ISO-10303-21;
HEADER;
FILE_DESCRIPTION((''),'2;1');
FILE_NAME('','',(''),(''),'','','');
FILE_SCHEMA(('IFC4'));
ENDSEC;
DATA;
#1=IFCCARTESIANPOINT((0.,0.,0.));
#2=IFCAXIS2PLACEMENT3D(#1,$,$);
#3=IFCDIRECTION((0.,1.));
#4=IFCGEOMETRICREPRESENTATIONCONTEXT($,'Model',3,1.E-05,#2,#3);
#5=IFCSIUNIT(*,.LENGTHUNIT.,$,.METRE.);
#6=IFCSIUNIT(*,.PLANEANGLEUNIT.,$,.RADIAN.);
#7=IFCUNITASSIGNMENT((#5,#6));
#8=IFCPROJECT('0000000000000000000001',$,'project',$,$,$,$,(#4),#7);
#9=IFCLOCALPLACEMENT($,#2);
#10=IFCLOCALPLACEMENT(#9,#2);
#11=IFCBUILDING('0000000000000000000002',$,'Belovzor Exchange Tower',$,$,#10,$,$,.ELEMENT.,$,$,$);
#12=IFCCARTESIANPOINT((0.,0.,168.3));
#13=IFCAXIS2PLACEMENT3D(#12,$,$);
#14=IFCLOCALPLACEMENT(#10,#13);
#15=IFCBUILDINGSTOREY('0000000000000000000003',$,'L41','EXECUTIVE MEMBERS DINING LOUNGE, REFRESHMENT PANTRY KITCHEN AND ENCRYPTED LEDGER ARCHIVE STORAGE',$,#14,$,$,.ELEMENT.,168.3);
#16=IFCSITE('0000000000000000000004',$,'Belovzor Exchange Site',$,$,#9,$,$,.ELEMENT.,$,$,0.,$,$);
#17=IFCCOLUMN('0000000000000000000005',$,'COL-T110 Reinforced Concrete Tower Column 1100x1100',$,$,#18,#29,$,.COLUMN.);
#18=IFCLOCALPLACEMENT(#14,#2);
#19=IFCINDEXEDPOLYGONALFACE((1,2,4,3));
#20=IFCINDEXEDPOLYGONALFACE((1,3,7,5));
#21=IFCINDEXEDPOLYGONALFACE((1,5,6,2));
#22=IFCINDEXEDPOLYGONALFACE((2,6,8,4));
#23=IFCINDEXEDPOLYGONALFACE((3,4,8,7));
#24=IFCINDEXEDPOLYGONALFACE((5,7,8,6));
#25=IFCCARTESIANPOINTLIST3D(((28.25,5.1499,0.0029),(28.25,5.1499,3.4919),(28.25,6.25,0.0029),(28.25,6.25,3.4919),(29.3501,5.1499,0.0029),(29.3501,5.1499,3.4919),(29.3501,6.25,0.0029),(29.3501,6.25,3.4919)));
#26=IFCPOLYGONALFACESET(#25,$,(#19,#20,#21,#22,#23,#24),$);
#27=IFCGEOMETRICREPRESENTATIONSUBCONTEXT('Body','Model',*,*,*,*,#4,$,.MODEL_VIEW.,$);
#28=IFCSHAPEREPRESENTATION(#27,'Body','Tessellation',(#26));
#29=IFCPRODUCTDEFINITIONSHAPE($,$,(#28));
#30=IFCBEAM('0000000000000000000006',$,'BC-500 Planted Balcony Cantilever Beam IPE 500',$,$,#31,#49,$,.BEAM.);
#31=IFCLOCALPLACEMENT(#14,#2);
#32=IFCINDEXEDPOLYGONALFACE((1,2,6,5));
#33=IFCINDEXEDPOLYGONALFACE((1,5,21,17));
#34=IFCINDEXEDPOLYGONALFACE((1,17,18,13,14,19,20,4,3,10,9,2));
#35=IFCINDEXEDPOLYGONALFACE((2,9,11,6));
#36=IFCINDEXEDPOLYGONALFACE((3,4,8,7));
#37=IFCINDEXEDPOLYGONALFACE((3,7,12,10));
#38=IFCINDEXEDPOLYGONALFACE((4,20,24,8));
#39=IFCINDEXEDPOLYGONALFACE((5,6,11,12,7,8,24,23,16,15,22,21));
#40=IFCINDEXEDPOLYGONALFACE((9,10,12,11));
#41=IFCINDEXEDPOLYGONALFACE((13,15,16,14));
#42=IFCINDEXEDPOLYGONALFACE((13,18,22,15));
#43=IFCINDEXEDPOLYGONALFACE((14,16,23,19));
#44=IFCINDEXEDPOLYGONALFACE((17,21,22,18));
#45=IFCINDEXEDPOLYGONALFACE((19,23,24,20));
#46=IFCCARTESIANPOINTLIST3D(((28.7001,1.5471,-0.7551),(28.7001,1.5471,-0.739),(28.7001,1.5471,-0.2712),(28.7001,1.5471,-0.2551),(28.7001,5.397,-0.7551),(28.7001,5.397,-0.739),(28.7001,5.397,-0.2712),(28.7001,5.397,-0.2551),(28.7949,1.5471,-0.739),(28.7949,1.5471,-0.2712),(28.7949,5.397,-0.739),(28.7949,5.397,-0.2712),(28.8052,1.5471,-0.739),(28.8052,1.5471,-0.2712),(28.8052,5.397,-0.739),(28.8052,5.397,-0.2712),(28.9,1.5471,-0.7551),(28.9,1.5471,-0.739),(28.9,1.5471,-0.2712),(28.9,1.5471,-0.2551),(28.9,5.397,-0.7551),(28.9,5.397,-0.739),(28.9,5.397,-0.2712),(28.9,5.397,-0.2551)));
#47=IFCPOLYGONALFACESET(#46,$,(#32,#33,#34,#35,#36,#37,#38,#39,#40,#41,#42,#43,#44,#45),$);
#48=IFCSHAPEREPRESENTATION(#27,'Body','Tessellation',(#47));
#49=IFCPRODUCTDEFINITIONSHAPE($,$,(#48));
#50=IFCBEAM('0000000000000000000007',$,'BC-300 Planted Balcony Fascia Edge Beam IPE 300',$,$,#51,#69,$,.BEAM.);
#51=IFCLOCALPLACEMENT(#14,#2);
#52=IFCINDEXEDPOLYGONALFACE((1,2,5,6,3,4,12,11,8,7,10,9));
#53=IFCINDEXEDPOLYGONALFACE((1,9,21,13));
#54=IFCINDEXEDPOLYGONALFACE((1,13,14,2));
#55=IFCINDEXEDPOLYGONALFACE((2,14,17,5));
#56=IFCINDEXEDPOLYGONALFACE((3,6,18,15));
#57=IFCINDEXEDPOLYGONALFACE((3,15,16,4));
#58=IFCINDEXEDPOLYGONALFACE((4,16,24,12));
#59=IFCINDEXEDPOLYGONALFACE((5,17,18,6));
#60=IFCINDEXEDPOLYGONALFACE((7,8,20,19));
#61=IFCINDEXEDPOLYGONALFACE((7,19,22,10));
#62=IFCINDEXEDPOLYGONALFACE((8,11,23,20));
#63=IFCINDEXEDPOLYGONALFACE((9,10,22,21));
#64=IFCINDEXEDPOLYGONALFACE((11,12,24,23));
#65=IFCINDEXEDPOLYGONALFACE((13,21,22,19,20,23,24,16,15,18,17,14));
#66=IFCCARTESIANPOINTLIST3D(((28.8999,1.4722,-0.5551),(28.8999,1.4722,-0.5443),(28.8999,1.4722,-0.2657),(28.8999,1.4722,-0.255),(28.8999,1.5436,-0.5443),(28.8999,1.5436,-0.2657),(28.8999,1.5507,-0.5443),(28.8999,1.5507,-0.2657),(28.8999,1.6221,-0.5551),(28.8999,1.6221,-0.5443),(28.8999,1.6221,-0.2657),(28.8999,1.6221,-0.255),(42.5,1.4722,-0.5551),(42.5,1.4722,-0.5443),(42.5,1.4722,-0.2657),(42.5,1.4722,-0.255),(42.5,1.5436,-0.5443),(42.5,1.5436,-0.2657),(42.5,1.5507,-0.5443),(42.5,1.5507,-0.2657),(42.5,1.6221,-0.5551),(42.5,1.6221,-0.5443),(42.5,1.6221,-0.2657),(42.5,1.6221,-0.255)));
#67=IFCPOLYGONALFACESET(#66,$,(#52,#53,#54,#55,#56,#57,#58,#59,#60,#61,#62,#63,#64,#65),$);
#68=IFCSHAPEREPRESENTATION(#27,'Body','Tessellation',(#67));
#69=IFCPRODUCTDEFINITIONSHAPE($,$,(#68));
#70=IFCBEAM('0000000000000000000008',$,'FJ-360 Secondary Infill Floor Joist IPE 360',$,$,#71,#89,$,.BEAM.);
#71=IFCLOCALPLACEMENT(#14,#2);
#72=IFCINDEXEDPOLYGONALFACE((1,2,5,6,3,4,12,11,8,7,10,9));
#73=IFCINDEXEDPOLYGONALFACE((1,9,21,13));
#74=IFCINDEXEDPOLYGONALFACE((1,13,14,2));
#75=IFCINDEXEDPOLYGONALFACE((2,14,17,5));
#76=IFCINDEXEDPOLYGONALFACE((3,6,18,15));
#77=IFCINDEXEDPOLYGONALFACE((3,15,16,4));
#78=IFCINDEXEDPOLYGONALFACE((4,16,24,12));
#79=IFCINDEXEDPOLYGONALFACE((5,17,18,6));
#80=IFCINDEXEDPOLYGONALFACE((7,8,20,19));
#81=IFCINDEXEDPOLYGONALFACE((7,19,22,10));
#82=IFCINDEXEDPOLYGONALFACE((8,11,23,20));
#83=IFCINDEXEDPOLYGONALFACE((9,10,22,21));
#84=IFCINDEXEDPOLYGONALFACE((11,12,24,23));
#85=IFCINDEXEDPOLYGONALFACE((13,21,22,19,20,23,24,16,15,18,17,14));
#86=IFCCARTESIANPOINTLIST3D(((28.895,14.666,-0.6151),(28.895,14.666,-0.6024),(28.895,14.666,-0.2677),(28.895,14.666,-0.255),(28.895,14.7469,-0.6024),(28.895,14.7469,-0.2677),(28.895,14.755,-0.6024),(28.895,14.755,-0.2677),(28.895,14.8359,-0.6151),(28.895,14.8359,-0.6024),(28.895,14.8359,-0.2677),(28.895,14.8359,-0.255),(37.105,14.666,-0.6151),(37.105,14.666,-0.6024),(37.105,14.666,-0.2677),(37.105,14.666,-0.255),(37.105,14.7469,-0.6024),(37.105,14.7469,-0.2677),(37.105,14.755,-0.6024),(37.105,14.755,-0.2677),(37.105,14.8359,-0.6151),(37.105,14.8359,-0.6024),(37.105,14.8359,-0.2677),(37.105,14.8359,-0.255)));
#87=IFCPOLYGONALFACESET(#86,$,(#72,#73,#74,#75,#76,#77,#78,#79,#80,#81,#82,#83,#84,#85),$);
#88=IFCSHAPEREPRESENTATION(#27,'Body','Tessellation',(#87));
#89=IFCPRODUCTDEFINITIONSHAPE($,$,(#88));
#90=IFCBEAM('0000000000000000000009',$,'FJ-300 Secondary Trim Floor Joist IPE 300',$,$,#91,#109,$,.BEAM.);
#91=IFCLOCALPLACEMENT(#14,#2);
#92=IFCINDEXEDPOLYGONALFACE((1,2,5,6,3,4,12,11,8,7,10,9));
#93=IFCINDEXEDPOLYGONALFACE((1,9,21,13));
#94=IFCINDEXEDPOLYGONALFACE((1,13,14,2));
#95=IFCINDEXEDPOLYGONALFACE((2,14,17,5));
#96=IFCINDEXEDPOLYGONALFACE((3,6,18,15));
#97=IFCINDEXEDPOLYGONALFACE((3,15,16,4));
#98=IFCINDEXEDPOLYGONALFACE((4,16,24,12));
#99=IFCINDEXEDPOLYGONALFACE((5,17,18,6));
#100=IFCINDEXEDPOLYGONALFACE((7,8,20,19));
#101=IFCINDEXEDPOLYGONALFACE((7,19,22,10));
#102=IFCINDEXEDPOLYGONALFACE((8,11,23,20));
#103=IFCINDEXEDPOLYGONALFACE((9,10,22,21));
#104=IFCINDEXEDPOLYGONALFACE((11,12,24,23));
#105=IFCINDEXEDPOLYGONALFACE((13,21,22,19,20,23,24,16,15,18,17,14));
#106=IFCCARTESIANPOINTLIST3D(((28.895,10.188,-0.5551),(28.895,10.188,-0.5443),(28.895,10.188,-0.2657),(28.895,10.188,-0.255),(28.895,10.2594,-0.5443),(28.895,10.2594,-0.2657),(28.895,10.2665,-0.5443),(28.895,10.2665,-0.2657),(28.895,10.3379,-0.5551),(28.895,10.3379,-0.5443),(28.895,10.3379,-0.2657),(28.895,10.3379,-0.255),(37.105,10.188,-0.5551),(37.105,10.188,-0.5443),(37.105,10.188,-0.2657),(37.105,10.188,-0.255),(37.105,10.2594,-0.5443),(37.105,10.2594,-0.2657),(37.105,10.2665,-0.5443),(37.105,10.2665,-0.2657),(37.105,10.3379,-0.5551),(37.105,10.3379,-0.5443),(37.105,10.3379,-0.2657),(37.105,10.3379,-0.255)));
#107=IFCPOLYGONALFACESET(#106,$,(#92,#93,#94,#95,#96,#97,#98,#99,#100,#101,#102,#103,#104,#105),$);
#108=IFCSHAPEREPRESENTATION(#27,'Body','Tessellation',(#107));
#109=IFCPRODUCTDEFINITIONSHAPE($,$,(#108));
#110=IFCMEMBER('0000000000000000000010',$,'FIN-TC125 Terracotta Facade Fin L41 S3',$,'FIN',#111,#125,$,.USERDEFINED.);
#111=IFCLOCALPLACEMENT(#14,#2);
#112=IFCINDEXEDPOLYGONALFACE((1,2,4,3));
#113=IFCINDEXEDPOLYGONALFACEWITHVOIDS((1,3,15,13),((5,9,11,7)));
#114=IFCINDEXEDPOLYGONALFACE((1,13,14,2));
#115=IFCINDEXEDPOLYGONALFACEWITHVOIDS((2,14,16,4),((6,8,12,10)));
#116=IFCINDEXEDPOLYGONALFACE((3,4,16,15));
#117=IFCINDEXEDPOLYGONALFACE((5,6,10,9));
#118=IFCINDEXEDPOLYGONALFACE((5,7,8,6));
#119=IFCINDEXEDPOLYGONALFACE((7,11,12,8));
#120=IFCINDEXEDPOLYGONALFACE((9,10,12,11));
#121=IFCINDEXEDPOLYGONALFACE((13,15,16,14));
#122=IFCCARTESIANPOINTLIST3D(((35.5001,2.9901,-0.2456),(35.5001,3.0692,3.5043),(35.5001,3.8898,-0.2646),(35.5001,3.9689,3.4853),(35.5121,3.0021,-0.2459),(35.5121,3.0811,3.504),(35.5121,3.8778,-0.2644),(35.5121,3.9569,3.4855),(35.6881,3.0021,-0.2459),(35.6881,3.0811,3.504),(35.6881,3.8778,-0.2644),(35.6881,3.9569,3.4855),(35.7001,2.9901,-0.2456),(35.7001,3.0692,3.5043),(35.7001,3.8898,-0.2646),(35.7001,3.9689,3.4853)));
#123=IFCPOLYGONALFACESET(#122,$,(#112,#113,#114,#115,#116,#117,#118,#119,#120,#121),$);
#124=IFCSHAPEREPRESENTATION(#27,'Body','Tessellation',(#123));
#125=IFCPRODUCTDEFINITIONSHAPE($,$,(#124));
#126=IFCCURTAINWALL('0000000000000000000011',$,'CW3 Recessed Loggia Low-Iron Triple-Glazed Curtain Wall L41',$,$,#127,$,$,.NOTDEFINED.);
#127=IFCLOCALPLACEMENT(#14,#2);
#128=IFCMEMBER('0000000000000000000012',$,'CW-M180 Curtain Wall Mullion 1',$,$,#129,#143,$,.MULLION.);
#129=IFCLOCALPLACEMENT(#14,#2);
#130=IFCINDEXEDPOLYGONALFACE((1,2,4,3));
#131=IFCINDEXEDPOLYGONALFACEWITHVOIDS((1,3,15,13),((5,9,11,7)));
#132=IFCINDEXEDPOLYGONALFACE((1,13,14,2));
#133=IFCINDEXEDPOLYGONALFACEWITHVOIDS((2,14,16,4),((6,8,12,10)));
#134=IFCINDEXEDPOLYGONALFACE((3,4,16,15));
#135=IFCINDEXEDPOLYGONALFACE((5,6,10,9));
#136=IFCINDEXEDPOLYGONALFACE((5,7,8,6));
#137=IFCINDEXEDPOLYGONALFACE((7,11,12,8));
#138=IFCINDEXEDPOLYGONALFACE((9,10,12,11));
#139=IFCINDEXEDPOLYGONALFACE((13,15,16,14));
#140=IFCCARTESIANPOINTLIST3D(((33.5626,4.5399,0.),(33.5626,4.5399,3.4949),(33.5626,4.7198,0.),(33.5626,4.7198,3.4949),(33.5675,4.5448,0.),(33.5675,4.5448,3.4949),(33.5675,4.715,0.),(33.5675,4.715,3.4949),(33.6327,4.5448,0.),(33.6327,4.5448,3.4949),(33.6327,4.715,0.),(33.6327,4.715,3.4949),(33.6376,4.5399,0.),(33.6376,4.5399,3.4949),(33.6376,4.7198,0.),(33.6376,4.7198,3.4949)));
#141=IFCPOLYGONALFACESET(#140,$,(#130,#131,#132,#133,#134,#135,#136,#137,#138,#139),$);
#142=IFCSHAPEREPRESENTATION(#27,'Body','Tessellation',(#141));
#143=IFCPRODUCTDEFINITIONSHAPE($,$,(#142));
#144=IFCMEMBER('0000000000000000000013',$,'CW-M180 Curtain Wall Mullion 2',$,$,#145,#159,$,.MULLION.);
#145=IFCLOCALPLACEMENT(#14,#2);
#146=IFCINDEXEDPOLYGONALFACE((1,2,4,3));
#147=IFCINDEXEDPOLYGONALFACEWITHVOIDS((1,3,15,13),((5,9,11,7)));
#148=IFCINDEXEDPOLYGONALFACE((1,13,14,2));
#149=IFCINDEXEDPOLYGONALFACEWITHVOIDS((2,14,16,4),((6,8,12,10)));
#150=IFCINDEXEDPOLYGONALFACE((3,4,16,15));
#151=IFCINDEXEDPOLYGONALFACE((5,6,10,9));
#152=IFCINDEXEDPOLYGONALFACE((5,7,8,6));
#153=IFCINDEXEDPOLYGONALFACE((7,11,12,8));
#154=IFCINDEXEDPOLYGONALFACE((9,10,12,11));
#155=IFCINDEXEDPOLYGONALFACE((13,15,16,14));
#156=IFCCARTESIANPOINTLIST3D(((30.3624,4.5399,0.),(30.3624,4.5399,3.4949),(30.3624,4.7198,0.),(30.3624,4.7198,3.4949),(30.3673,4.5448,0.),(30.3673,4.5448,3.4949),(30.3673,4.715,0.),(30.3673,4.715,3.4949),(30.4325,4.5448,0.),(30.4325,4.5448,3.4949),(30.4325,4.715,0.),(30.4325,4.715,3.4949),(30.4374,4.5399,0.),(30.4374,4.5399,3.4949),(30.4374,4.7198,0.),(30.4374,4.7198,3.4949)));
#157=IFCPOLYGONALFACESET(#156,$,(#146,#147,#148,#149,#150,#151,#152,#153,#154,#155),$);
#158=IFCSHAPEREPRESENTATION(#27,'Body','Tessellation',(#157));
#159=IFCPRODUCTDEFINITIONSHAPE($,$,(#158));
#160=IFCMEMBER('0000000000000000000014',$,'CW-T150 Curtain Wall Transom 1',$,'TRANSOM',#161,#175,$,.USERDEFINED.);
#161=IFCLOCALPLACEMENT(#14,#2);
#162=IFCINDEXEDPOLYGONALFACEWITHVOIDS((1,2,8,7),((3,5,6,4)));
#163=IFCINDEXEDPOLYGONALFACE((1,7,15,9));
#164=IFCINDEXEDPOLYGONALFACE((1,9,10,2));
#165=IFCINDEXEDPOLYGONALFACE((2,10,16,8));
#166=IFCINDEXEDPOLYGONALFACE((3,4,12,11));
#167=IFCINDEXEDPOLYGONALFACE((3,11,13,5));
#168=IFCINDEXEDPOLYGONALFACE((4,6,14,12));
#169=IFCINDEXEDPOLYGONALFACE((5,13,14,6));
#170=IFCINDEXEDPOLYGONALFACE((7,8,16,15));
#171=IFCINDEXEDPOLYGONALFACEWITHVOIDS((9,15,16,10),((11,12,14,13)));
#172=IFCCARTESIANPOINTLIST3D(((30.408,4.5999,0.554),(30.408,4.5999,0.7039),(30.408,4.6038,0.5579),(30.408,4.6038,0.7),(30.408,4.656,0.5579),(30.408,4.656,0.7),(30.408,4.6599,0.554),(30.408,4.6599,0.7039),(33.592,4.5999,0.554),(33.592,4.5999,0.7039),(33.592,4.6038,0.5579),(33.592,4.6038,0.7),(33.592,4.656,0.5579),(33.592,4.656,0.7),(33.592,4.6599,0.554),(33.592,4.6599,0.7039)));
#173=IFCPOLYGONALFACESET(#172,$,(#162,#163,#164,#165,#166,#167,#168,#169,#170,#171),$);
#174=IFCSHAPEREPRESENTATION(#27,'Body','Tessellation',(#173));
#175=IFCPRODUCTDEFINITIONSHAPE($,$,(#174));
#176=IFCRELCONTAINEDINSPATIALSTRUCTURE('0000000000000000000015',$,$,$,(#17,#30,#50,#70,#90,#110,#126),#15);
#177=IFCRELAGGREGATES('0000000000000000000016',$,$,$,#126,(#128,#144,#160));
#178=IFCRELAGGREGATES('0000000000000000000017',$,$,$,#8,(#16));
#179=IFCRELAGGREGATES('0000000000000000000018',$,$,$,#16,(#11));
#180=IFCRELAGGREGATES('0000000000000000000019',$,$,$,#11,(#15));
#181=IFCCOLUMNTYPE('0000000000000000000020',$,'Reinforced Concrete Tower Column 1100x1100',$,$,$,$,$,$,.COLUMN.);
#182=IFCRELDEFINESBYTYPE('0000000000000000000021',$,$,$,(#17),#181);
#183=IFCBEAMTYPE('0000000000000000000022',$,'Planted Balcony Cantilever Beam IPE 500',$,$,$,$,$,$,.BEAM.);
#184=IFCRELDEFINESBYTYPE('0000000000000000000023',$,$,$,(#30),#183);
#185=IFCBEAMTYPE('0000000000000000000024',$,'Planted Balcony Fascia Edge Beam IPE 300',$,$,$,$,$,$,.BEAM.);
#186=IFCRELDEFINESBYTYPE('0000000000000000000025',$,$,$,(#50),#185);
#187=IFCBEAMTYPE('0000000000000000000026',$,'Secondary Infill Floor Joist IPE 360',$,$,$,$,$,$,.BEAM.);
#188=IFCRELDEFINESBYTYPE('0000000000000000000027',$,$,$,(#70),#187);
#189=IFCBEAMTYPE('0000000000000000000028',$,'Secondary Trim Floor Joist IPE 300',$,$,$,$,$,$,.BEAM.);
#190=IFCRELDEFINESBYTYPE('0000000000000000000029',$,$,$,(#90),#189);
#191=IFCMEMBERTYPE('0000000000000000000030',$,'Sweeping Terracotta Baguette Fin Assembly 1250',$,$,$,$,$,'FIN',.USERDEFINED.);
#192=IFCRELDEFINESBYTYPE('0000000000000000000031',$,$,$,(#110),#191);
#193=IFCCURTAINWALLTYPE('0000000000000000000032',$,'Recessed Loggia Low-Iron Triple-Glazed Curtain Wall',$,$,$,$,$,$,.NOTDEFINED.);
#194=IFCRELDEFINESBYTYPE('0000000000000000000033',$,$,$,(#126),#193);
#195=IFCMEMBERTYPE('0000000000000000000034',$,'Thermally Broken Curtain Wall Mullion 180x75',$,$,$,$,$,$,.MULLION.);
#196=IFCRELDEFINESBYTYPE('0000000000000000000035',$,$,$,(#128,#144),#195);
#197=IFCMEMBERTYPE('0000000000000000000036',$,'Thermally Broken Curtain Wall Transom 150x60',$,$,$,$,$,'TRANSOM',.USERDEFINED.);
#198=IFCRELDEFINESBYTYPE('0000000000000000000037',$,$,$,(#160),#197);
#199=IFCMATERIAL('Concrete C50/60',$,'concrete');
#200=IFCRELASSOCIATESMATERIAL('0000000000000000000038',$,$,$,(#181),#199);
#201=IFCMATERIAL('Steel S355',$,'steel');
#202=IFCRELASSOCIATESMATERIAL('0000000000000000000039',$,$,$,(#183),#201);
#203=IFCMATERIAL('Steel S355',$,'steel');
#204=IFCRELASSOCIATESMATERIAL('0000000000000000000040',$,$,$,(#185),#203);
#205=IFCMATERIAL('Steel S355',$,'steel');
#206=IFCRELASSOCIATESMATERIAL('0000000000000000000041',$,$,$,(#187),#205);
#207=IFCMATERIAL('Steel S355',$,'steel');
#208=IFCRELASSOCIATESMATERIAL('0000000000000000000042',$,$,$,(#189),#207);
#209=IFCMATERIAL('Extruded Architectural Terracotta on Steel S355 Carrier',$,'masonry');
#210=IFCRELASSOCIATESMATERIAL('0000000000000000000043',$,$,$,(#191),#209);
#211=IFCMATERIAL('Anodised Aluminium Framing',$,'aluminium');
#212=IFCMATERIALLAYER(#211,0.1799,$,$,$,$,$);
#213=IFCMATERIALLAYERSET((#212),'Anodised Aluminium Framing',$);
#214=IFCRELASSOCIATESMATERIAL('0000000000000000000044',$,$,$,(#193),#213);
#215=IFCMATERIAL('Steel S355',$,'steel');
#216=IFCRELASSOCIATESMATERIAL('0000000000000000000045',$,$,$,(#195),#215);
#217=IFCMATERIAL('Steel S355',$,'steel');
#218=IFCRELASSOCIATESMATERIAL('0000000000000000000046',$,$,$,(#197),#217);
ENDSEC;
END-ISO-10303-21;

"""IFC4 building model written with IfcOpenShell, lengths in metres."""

from ifc_helpers import new_model, si_unit, direction, frame, origin, origin_2d, place, context, subcontext, project, spatial, rectangle, hollow_rectangle, i_section, extrude, material, layer, layer_set, material_profile, profile_set, type_object, element, aggregate, save


model = new_model("IFC4")

# Units and contexts
model_context = context("Model", 3, precision=1e-05, world=origin(), true_north=direction((0.0, 1.0)))
body_context = subcontext(model_context, "Body", "Model", "MODEL_VIEW")
ifc_project = project(units=[si_unit("LENGTHUNIT", "METRE"), si_unit("PLANEANGLEUNIT", "RADIAN")], contexts=[model_context])

# Site, building, storey
site_placement = place(None, origin())
site = spatial("IfcSite", under=ifc_project, at=site_placement, Name="Belovzor Exchange Site", CompositionType="ELEMENT", RefElevation=0.0)
building_placement = place(site_placement, origin())
building = spatial("IfcBuilding", under=site, at=building_placement, Name="Belovzor Exchange Tower", CompositionType="ELEMENT")
storey_placement = place(building_placement, frame((0.0, 0.0, 168.3)))
storey = spatial("IfcBuildingStorey", under=building, at=storey_placement, Name="L41", Description="EXECUTIVE MEMBERS DINING LOUNGE, REFRESHMENT PANTRY KITCHEN AND ENCRYPTED LEDGER ARCHIVE STORAGE", CompositionType="ELEMENT", Elevation=168.3)

# Column
ifc_material_1 = material(Name="Concrete C50/60", Category="concrete")
ifc_material_profile_1 = material_profile(ifc_material_1, rectangle(XDim=1.1001, YDim=1.1001, at=origin_2d()))
ifc_profile_set_1 = profile_set([ifc_material_profile_1], Name="Concrete C50/60")
column_type = type_object("IfcColumnType", Name="Reinforced Concrete Tower Column 1100x1100", PredefinedType="COLUMN", material=ifc_profile_set_1)
column_placement = place(storey_placement, frame((28.8, 5.7, 0.0029), z_axis=(0.0, 0.0, 1.0), x_axis=(1.0, 0.0, 0.0)))
element("IfcColumn", 1, at=column_placement, inside=storey, type_object=column_type, Name="COL-T110 Reinforced Concrete Tower Column 1100x1100", PredefinedType="COLUMN", context=body_context, shape_type="SweptSolid", body=[
    extrude(rectangle(XDim=1.1001, YDim=1.1001, at=origin_2d()), origin(), (0.0, 0.0, 1.0), 3.489),
])

# Beams
ifc_material_2 = material(Name="Steel S355", Category="steel")
ifc_material_profile_2 = material_profile(ifc_material_2, i_section(OverallWidth=0.2, OverallDepth=0.5, WebThickness=0.0103, FlangeThickness=0.0161, at=origin_2d()))
ifc_profile_set_2 = profile_set([ifc_material_profile_2], Name="Steel S355")
beam_type_1 = type_object("IfcBeamType", Name="Planted Balcony Cantilever Beam IPE 500", PredefinedType="BEAM", material=ifc_profile_set_2)
beam_1_placement = place(storey_placement, frame((28.8, 5.397, -0.5051), z_axis=(0.0, -1.0, 0.0), x_axis=(1.0, 0.0, 0.0)))
element("IfcBeam", 2, at=beam_1_placement, inside=storey, type_object=beam_type_1, Name="BC-500 Planted Balcony Cantilever Beam IPE 500", PredefinedType="BEAM", context=body_context, shape_type="SweptSolid", body=[
    extrude(i_section(OverallWidth=0.2, OverallDepth=0.5, WebThickness=0.0103, FlangeThickness=0.0161, at=origin_2d()), origin(), (0.0, 0.0, 1.0), 3.8499),
])
ifc_material_3 = material(Name="Steel S355", Category="steel")
ifc_material_profile_3 = material_profile(ifc_material_3, i_section(OverallWidth=0.1499, OverallDepth=0.3, WebThickness=0.0071, FlangeThickness=0.0107, at=origin_2d()))
ifc_profile_set_3 = profile_set([ifc_material_profile_3], Name="Steel S355")
beam_type_2 = type_object("IfcBeamType", Name="Planted Balcony Fascia Edge Beam IPE 300", PredefinedType="BEAM", material=ifc_profile_set_3)
beam_2_placement = place(storey_placement, frame((28.8999, 1.5471, -0.405), z_axis=(1.0, 0.0, 0.0), x_axis=(0.0, 1.0, 0.0)))
element("IfcBeam", 3, at=beam_2_placement, inside=storey, type_object=beam_type_2, Name="BC-300 Planted Balcony Fascia Edge Beam IPE 300", PredefinedType="BEAM", context=body_context, shape_type="SweptSolid", body=[
    extrude(i_section(OverallWidth=0.1499, OverallDepth=0.3, WebThickness=0.0071, FlangeThickness=0.0107, at=origin_2d()), origin(), (0.0, 0.0, 1.0), 13.6001),
])
ifc_material_4 = material(Name="Steel S355", Category="steel")
ifc_material_profile_4 = material_profile(ifc_material_4, i_section(OverallWidth=0.1699, OverallDepth=0.3601, WebThickness=0.0081, FlangeThickness=0.0127, at=origin_2d()))
ifc_profile_set_4 = profile_set([ifc_material_profile_4], Name="Steel S355")
beam_type_3 = type_object("IfcBeamType", Name="Secondary Infill Floor Joist IPE 360", PredefinedType="BEAM", material=ifc_profile_set_4)
beam_3_placement = place(storey_placement, frame((28.895, 14.751, -0.4351), z_axis=(1.0, 0.0, 0.0), x_axis=(0.0, 1.0, 0.0)))
element("IfcBeam", 4, at=beam_3_placement, inside=storey, type_object=beam_type_3, Name="FJ-360 Secondary Infill Floor Joist IPE 360", PredefinedType="BEAM", context=body_context, shape_type="SweptSolid", body=[
    extrude(i_section(OverallWidth=0.1699, OverallDepth=0.3601, WebThickness=0.0081, FlangeThickness=0.0127, at=origin_2d()), origin(), (0.0, 0.0, 1.0), 8.21),
])
ifc_material_5 = material(Name="Steel S355", Category="steel")
ifc_material_profile_5 = material_profile(ifc_material_5, i_section(OverallWidth=0.1499, OverallDepth=0.3, WebThickness=0.0071, FlangeThickness=0.0107, at=origin_2d()))
ifc_profile_set_5 = profile_set([ifc_material_profile_5], Name="Steel S355")
beam_type_4 = type_object("IfcBeamType", Name="Secondary Trim Floor Joist IPE 300", PredefinedType="BEAM", material=ifc_profile_set_5)
beam_4_placement = place(storey_placement, frame((28.895, 10.2629, -0.405), z_axis=(1.0, 0.0, 0.0), x_axis=(0.0, 1.0, 0.0)))
element("IfcBeam", 5, at=beam_4_placement, inside=storey, type_object=beam_type_4, Name="FJ-300 Secondary Trim Floor Joist IPE 300", PredefinedType="BEAM", context=body_context, shape_type="SweptSolid", body=[
    extrude(i_section(OverallWidth=0.1499, OverallDepth=0.3, WebThickness=0.0071, FlangeThickness=0.0107, at=origin_2d()), origin(), (0.0, 0.0, 1.0), 8.21),
])

# Member
ifc_material_6 = material(Name="Extruded Architectural Terracotta on Steel S355 Carrier", Category="masonry")
ifc_material_profile_6 = material_profile(ifc_material_6, hollow_rectangle(XDim=0.2, YDim=0.8999, WallThickness=0.012, at=origin_2d()))
ifc_profile_set_6 = profile_set([ifc_material_profile_6], Name="Extruded Architectural Terracotta on Steel S355 Carrier")
member_type_1 = type_object("IfcMemberType", Name="Sweeping Terracotta Baguette Fin Assembly 1250", ElementType="FIN", PredefinedType="USERDEFINED", material=ifc_profile_set_6)
member_1_placement = place(storey_placement, frame((35.6001, 3.4399, -0.2551), z_axis=(0.0, 0.021089, 0.999778), x_axis=(-1.0, 0.0, 0.0)))
element("IfcMember", 6, at=member_1_placement, inside=storey, type_object=member_type_1, Name="FIN-TC125 Terracotta Facade Fin L41 S3", ObjectType="FIN", PredefinedType="USERDEFINED", context=body_context, shape_type="SweptSolid", body=[
    extrude(hollow_rectangle(XDim=0.2, YDim=0.8999, WallThickness=0.012, at=origin_2d()), origin(), (0.0, 0.0, 1.0), 3.7507),
])

# Curtain wall, members
ifc_material_7 = material(Name="Anodised Aluminium Framing", Category="aluminium")
ifc_layer_1 = layer(ifc_material_7, 0.1799)
ifc_layer_set_1 = layer_set([ifc_layer_1], Name="Anodised Aluminium Framing")
curtain_wall_type = type_object("IfcCurtainWallType", Name="Recessed Loggia Low-Iron Triple-Glazed Curtain Wall", PredefinedType="NOTDEFINED", material=ifc_layer_set_1)
curtain_wall_placement = place(storey_placement, origin())
curtain_wall = element("IfcCurtainWall", 7, at=curtain_wall_placement, inside=storey, type_object=curtain_wall_type, Name="CW3 Recessed Loggia Low-Iron Triple-Glazed Curtain Wall L41", PredefinedType="NOTDEFINED")
ifc_material_8 = material(Name="Steel S355", Category="steel")
ifc_material_profile_7 = material_profile(ifc_material_8, hollow_rectangle(XDim=0.075, YDim=0.1799, WallThickness=0.0049, at=origin_2d()))
ifc_profile_set_7 = profile_set([ifc_material_profile_7], Name="Steel S355")
member_type_2 = type_object("IfcMemberType", Name="Thermally Broken Curtain Wall Mullion 180x75", PredefinedType="MULLION", material=ifc_profile_set_7)
member_2_placement = place(storey_placement, frame((33.6001, 4.6299, 0.0), z_axis=(0.0, 0.0, 1.0), x_axis=(-1.0, 0.0, 0.0)))
member_2 = element("IfcMember", 8, at=member_2_placement, type_object=member_type_2, Name="CW-M180 Curtain Wall Mullion 1", PredefinedType="MULLION", context=body_context, shape_type="SweptSolid", body=[
    extrude(hollow_rectangle(XDim=0.075, YDim=0.1799, WallThickness=0.0049, at=origin_2d()), origin(), (0.0, 0.0, 1.0), 3.4949),
])
member_3_placement = place(storey_placement, frame((30.3999, 4.6299, 0.0), z_axis=(0.0, 0.0, 1.0), x_axis=(-1.0, 0.0, 0.0)))
member_3 = element("IfcMember", 9, at=member_3_placement, type_object=member_type_2, Name="CW-M180 Curtain Wall Mullion 2", PredefinedType="MULLION", context=body_context, shape_type="SweptSolid", body=[
    extrude(hollow_rectangle(XDim=0.075, YDim=0.1799, WallThickness=0.0049, at=origin_2d()), origin(), (0.0, 0.0, 1.0), 3.4949),
])
ifc_material_9 = material(Name="Steel S355", Category="steel")
ifc_material_profile_8 = material_profile(ifc_material_9, hollow_rectangle(XDim=0.0601, YDim=0.1499, WallThickness=0.0039, at=origin_2d()))
ifc_profile_set_8 = profile_set([ifc_material_profile_8], Name="Steel S355")
member_type_3 = type_object("IfcMemberType", Name="Thermally Broken Curtain Wall Transom 150x60", ElementType="TRANSOM", PredefinedType="USERDEFINED", material=ifc_profile_set_8)
member_4_placement = place(storey_placement, frame((33.592, 4.6299, 0.6289), z_axis=(-1.0, 0.0, 0.0), x_axis=(0.0, -1.0, 0.0)))
member_4 = element("IfcMember", 10, at=member_4_placement, type_object=member_type_3, Name="CW-T150 Curtain Wall Transom 1", ObjectType="TRANSOM", PredefinedType="USERDEFINED", context=body_context, shape_type="SweptSolid", body=[
    extrude(hollow_rectangle(XDim=0.0601, YDim=0.1499, WallThickness=0.0039, at=origin_2d()), origin(), (0.0, 0.0, 1.0), 3.1841),
])

aggregate(curtain_wall, [member_2, member_3, member_4])

save(model, "model.ifc")
